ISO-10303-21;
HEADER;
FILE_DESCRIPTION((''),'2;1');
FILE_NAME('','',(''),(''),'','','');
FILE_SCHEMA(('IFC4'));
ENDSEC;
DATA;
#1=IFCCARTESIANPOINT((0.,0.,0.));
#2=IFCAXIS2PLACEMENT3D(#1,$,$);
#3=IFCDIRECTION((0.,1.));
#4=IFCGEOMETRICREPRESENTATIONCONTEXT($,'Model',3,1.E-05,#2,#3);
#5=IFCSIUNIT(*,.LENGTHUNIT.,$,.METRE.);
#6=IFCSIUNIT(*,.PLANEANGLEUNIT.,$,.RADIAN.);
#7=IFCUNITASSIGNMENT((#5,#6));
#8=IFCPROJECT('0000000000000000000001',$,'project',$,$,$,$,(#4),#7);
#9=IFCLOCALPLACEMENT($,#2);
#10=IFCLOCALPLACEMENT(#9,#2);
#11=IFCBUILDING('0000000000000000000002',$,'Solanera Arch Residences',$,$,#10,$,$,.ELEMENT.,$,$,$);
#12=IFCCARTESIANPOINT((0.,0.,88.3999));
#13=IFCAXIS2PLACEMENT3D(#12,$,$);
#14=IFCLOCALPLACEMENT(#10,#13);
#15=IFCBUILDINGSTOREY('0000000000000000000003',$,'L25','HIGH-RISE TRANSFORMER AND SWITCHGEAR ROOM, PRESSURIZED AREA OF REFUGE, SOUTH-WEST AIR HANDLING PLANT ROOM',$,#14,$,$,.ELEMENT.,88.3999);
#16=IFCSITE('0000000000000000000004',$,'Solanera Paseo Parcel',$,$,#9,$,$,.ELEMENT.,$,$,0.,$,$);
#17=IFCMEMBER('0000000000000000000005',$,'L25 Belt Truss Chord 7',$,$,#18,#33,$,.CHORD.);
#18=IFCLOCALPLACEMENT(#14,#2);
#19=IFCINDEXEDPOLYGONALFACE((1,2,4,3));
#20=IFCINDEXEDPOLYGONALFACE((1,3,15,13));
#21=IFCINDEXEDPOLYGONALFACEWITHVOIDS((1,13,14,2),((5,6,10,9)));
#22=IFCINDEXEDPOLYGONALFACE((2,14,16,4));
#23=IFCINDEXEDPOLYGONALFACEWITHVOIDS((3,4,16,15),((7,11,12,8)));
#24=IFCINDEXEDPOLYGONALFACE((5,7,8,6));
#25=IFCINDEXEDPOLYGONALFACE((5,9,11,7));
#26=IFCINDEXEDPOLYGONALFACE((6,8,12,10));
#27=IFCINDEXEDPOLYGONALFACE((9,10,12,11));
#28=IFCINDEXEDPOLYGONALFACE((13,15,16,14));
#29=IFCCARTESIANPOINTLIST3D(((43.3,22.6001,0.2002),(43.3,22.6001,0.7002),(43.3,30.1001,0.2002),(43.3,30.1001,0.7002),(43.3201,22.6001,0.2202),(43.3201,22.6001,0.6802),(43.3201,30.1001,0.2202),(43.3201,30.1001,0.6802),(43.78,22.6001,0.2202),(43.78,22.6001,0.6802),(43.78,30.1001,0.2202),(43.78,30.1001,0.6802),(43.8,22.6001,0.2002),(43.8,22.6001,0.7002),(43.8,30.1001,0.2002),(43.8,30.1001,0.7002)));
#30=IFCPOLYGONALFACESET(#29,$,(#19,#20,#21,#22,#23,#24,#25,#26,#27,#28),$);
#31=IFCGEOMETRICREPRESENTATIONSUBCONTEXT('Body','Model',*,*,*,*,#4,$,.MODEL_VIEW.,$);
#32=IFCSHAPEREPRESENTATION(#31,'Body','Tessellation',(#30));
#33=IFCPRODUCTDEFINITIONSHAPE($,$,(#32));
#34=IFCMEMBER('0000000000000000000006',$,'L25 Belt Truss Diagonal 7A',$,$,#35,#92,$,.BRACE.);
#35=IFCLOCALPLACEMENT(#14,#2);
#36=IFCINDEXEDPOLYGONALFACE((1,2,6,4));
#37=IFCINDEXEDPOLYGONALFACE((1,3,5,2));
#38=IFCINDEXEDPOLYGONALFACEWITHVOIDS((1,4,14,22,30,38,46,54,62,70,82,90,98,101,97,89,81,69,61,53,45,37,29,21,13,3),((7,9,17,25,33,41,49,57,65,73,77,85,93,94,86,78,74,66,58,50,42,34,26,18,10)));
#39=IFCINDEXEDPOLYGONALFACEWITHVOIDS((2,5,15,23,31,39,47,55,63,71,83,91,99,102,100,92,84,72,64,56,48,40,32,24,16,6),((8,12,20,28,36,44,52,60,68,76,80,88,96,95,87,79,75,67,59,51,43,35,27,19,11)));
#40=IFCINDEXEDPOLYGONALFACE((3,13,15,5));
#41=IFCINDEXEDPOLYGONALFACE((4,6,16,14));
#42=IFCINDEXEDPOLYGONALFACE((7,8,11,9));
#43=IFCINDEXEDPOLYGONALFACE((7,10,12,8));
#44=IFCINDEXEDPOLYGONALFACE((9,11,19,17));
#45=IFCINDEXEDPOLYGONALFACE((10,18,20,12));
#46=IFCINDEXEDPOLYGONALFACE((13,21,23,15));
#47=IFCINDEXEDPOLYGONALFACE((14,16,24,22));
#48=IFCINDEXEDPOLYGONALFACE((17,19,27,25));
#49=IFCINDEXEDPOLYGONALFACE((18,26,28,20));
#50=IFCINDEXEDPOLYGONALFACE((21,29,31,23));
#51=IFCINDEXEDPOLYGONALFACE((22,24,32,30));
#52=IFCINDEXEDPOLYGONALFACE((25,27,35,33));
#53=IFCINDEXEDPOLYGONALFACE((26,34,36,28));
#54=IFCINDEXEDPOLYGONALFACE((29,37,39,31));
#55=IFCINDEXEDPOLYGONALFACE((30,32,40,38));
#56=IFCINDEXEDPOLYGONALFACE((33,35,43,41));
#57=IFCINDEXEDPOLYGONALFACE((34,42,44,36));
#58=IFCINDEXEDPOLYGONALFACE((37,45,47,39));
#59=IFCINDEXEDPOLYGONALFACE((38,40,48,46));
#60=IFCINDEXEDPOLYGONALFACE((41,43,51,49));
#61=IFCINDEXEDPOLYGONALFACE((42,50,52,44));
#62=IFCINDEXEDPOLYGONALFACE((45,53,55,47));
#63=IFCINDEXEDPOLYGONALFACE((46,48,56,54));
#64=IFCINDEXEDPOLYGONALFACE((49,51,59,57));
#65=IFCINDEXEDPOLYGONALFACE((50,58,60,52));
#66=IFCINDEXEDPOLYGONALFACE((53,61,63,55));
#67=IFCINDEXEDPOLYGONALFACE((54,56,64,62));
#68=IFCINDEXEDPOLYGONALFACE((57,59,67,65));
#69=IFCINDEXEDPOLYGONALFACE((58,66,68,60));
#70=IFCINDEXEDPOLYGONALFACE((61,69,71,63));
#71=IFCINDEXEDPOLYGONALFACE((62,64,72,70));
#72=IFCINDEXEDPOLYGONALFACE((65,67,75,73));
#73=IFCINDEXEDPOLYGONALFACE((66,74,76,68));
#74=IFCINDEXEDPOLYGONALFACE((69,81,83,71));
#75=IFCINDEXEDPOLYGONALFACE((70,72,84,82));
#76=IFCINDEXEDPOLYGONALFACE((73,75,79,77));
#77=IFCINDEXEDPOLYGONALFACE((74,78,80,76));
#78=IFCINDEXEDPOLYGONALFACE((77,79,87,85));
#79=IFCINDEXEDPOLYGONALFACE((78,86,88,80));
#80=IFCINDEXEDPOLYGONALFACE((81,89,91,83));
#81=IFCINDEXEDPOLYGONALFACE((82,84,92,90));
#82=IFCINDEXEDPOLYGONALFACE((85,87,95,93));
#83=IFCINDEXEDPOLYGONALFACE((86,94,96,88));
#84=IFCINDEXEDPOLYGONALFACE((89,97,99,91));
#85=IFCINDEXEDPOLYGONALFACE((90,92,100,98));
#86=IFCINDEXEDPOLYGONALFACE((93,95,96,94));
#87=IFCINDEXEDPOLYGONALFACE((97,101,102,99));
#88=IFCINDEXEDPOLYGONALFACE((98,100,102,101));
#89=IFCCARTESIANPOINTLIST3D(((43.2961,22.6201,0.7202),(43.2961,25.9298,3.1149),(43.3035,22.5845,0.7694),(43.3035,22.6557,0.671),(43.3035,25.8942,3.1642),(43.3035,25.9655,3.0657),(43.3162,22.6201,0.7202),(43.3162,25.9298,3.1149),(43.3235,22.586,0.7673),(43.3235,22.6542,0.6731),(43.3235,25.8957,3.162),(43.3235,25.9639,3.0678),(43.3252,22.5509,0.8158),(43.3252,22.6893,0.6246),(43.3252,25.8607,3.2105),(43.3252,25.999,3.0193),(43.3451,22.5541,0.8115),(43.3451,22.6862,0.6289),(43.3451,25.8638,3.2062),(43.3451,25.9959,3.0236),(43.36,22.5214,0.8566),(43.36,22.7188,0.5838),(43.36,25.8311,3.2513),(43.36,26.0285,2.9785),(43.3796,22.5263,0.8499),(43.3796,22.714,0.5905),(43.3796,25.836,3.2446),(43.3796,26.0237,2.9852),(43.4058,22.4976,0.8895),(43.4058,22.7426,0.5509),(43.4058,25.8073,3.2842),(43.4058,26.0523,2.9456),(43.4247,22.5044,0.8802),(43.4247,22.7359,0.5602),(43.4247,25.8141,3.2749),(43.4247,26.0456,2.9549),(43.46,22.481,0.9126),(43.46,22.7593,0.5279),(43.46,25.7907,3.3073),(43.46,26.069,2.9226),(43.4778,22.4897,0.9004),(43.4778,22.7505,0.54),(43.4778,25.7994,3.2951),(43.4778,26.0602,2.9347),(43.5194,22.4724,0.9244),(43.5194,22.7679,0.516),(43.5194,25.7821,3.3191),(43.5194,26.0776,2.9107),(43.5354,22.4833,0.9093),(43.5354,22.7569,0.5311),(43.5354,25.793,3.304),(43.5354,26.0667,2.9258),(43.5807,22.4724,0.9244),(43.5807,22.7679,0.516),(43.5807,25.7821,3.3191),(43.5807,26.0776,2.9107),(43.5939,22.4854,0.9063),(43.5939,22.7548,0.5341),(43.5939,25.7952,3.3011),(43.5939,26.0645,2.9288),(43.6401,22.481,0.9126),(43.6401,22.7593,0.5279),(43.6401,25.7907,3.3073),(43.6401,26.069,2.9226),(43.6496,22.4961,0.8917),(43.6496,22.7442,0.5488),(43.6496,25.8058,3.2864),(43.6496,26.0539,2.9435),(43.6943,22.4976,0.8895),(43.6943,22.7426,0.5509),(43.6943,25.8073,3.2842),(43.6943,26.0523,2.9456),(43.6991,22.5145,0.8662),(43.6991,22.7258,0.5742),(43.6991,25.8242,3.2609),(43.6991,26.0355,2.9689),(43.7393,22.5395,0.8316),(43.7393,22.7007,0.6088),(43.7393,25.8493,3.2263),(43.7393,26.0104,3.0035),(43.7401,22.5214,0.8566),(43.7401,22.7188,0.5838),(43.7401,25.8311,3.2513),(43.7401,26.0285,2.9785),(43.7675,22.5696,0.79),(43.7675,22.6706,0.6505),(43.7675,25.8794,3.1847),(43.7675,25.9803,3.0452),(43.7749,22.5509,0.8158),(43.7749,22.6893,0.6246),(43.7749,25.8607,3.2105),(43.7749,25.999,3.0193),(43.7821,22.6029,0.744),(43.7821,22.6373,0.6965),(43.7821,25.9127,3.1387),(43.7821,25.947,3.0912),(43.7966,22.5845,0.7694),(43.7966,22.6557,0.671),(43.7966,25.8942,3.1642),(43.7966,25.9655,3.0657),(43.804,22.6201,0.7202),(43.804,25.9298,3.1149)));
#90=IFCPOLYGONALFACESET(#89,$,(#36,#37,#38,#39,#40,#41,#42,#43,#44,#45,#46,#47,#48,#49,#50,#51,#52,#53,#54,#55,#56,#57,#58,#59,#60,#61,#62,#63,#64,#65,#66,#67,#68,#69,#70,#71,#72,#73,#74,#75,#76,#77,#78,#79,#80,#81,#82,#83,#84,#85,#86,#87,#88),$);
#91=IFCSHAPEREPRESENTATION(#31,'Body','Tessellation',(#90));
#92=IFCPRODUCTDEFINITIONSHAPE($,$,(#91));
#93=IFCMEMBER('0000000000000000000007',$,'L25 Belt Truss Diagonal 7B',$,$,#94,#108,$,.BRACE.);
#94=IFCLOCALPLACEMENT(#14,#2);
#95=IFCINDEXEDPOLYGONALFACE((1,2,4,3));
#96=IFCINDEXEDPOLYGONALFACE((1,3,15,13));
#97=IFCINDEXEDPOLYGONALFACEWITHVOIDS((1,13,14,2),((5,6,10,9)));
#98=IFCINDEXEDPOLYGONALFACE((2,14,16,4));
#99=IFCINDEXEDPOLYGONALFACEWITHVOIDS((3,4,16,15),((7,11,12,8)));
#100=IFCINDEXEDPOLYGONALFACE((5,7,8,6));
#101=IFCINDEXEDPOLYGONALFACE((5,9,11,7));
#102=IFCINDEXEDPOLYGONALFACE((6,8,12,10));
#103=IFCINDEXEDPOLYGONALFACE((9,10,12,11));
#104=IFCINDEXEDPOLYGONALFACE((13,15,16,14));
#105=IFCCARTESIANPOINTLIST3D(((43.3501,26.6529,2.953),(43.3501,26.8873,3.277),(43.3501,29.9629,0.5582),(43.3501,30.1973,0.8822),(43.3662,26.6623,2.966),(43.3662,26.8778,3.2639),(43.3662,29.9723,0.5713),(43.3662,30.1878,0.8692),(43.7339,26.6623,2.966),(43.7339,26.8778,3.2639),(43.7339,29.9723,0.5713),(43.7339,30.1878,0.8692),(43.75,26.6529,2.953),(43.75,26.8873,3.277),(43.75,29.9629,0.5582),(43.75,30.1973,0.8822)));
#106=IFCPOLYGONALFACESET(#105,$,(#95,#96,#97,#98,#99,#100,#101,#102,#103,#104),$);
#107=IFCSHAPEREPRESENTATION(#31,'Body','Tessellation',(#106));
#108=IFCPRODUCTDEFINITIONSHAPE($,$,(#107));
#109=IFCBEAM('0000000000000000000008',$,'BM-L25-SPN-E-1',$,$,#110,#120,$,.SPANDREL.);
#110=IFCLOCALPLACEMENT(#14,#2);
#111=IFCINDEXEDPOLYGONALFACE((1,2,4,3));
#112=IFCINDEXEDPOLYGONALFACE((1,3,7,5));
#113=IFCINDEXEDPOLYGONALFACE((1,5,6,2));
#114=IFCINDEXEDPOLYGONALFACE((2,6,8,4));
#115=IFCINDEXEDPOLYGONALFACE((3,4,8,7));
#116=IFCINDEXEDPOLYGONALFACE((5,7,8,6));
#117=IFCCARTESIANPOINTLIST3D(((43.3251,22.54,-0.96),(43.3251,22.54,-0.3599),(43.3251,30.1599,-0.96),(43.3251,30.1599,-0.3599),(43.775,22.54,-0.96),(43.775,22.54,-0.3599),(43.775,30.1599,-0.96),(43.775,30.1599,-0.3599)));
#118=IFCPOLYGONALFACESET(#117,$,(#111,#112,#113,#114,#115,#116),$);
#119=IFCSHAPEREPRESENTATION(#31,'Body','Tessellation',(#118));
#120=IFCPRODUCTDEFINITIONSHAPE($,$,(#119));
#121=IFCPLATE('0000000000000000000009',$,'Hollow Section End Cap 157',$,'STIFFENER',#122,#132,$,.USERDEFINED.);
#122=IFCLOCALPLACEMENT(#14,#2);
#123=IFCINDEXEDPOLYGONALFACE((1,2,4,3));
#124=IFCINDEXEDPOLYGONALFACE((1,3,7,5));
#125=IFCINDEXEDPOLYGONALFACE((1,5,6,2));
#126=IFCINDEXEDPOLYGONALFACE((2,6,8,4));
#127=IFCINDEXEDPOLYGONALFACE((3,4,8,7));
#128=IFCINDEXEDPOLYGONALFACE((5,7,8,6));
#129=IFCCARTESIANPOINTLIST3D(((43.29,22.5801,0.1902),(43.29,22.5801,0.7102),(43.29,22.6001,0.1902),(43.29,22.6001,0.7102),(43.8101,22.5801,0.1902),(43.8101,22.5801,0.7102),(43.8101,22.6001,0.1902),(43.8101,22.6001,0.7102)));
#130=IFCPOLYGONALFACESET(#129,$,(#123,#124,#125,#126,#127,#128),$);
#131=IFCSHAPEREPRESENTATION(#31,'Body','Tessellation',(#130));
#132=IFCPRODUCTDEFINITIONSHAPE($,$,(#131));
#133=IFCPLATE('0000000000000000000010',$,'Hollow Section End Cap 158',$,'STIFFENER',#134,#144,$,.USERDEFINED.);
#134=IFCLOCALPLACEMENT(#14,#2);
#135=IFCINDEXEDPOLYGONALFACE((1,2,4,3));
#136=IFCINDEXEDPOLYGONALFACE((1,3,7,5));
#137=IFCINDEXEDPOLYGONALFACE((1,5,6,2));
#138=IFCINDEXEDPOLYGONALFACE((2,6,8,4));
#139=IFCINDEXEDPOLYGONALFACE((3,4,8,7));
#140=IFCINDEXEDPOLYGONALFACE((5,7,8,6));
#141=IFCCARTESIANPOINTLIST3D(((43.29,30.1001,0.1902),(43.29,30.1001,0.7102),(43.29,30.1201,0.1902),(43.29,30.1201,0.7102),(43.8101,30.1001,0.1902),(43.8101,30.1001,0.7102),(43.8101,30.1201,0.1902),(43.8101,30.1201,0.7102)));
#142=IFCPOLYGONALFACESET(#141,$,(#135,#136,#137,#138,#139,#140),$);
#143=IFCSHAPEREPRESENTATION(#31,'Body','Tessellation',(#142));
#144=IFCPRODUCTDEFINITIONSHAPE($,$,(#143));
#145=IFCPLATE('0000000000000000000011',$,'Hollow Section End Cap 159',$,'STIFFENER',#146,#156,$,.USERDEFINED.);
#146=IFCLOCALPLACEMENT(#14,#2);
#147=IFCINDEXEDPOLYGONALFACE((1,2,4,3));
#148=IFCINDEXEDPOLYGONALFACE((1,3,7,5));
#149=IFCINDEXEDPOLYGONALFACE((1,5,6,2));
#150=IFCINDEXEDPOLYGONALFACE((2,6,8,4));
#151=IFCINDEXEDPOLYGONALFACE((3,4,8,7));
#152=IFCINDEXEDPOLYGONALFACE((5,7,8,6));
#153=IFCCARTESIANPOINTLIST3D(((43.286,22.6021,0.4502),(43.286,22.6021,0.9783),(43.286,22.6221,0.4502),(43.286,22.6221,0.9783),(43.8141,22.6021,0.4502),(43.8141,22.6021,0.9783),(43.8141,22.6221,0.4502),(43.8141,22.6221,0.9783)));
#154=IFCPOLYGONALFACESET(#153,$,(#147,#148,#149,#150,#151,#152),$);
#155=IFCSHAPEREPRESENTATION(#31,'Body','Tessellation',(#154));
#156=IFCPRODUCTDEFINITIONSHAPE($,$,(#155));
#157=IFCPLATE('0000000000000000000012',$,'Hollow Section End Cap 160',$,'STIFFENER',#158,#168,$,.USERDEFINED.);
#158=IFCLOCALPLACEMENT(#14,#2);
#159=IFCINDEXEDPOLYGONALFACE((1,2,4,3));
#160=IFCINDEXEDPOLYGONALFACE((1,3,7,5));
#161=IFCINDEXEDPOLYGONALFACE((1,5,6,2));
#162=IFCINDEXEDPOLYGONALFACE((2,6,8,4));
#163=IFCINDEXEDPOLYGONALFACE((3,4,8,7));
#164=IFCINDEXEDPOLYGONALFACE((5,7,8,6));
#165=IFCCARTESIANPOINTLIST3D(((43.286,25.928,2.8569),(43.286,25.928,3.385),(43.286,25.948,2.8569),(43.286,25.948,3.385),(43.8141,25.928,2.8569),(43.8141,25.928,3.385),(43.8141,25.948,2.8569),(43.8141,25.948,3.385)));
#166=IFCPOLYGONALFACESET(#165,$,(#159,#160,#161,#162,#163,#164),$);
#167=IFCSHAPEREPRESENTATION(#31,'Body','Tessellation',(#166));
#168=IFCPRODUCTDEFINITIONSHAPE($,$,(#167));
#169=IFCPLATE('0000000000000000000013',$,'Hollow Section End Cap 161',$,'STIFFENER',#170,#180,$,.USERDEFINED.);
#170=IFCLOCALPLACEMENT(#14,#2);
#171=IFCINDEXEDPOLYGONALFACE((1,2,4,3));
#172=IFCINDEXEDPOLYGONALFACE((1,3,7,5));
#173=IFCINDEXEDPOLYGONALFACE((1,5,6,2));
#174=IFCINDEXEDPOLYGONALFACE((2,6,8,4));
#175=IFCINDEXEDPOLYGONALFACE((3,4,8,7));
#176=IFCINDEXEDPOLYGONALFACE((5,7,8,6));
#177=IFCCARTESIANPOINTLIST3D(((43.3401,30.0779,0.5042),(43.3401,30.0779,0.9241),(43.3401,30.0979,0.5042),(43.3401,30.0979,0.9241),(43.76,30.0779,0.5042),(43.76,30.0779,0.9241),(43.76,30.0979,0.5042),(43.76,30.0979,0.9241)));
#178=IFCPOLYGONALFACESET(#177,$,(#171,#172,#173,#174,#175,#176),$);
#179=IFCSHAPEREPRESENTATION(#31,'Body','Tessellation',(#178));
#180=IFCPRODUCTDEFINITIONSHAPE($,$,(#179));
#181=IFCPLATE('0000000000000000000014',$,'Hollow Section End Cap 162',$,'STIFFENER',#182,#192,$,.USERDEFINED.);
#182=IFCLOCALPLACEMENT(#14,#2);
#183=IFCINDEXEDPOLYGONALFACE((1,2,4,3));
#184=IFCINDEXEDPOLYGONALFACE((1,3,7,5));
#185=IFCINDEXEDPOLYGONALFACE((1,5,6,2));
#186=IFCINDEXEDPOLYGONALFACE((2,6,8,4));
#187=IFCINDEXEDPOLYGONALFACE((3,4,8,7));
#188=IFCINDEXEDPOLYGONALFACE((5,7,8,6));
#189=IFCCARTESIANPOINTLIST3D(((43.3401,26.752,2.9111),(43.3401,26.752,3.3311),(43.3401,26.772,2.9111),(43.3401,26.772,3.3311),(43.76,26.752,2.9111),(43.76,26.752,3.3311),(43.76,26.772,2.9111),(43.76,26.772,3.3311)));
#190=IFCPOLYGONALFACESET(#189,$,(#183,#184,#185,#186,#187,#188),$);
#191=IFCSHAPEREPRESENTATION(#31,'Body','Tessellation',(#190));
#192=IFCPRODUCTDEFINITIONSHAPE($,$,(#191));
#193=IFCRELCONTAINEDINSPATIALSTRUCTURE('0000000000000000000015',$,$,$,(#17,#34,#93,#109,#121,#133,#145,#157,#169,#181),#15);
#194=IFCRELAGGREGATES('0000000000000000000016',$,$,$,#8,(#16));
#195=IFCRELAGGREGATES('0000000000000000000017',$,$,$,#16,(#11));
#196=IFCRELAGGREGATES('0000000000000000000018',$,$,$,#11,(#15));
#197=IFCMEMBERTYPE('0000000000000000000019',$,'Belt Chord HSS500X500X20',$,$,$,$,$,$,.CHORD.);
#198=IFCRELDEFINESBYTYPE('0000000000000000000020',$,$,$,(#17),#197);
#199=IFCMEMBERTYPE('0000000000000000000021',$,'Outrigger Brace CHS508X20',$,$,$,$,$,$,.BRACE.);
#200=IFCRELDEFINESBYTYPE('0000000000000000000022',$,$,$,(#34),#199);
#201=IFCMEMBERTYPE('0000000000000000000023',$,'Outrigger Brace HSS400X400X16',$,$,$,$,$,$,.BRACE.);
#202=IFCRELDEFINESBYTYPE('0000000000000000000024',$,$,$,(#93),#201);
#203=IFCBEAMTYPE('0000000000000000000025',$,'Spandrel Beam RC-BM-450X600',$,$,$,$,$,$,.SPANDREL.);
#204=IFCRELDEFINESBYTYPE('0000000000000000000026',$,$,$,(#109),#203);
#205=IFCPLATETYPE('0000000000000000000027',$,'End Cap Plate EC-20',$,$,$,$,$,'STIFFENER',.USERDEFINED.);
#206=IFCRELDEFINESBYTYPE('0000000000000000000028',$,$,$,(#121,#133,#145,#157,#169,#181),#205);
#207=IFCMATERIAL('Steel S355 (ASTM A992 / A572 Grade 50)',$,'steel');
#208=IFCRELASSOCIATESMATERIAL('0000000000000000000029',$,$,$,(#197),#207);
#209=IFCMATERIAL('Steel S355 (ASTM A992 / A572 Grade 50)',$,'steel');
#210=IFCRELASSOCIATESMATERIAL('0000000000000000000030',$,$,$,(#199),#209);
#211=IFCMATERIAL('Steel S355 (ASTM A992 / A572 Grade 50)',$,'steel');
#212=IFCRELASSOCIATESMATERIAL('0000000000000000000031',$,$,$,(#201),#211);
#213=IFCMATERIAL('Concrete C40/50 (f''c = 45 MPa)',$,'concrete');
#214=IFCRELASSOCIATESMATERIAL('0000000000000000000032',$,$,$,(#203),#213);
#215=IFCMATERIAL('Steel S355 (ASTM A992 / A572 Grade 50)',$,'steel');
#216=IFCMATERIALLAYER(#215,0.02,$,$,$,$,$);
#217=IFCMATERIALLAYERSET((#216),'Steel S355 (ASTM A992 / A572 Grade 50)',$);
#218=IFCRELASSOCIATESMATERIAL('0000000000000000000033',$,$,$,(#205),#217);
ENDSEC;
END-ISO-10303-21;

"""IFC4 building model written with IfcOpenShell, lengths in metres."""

from ifc_helpers import new_model, si_unit, direction, frame, origin, origin_2d, place, context, subcontext, project, spatial, rectangle, hollow_rectangle, hollow_circle, extrude, material, layer, layer_set, material_profile, profile_set, type_object, element, save


model = new_model("IFC4")

# Units and contexts
model_context = context("Model", 3, precision=1e-05, world=origin(), true_north=direction((0.0, 1.0)))
body_context = subcontext(model_context, "Body", "Model", "MODEL_VIEW")
ifc_project = project(units=[si_unit("LENGTHUNIT", "METRE"), si_unit("PLANEANGLEUNIT", "RADIAN")], contexts=[model_context])

# Site, building, storey
site_placement = place(None, origin())
site = spatial("IfcSite", under=ifc_project, at=site_placement, Name="Solanera Paseo Parcel", CompositionType="ELEMENT", RefElevation=0.0)
building_placement = place(site_placement, origin())
building = spatial("IfcBuilding", under=site, at=building_placement, Name="Solanera Arch Residences", CompositionType="ELEMENT")
storey_placement = place(building_placement, frame((0.0, 0.0, 88.3999)))
storey = spatial("IfcBuildingStorey", under=building, at=storey_placement, Name="L25", Description="HIGH-RISE TRANSFORMER AND SWITCHGEAR ROOM, PRESSURIZED AREA OF REFUGE, SOUTH-WEST AIR HANDLING PLANT ROOM", CompositionType="ELEMENT", Elevation=88.3999)

# Members
ifc_material_1 = material(Name="Steel S355 (ASTM A992 / A572 Grade 50)", Category="steel")
ifc_material_profile_1 = material_profile(ifc_material_1, hollow_rectangle(XDim=0.5, YDim=0.5, WallThickness=0.02, at=origin_2d()))
ifc_profile_set_1 = profile_set([ifc_material_profile_1], Name="Steel S355 (ASTM A992 / A572 Grade 50)")
member_type_1 = type_object("IfcMemberType", Name="Belt Chord HSS500X500X20", PredefinedType="CHORD", material=ifc_profile_set_1)
member_1_placement = place(storey_placement, frame((43.55, 22.6001, 0.4502), z_axis=(0.0, 1.0, 0.0), x_axis=(-1.0, 0.0, 0.0)))
element("IfcMember", 1, at=member_1_placement, inside=storey, type_object=member_type_1, Name="L25 Belt Truss Chord 7", PredefinedType="CHORD", context=body_context, shape_type="SweptSolid", body=[
    extrude(hollow_rectangle(XDim=0.5, YDim=0.5, WallThickness=0.02, at=origin_2d()), origin(), (0.0, 0.0, 1.0), 7.5),
])
ifc_material_2 = material(Name="Steel S355 (ASTM A992 / A572 Grade 50)", Category="steel")
ifc_material_profile_2 = material_profile(ifc_material_2, hollow_circle(Radius=0.2539, WallThickness=0.02, at=origin_2d()))
ifc_profile_set_2 = profile_set([ifc_material_profile_2], Name="Steel S355 (ASTM A992 / A572 Grade 50)")
member_type_2 = type_object("IfcMemberType", Name="Outrigger Brace CHS508X20", PredefinedType="BRACE", material=ifc_profile_set_2)
member_2_placement = place(storey_placement, frame((43.55, 22.6201, 0.7202), z_axis=(0.0, 0.810173, 0.586191), x_axis=(-1.0, 0.0, 0.0)))
element("IfcMember", 2, at=member_2_placement, inside=storey, type_object=member_type_2, Name="L25 Belt Truss Diagonal 7A", PredefinedType="BRACE", context=body_context, shape_type="SweptSolid", body=[
    extrude(hollow_circle(Radius=0.2539, WallThickness=0.02, at=origin_2d()), origin(), (0.0, 0.0, 1.0), 4.0852),
])
ifc_material_3 = material(Name="Steel S355 (ASTM A992 / A572 Grade 50)", Category="steel")
ifc_material_profile_3 = material_profile(ifc_material_3, hollow_rectangle(XDim=0.3999, YDim=0.3999, WallThickness=0.0161, at=origin_2d()))
ifc_profile_set_3 = profile_set([ifc_material_profile_3], Name="Steel S355 (ASTM A992 / A572 Grade 50)")
member_type_3 = type_object("IfcMemberType", Name="Outrigger Brace HSS400X400X16", PredefinedType="BRACE", material=ifc_profile_set_3)
member_3_placement = place(storey_placement, frame((43.55, 30.0801, 0.7202), z_axis=(0.0, -0.810194, 0.586162), x_axis=(1.0, 0.0, 0.0)))
element("IfcMember", 3, at=member_3_placement, inside=storey, type_object=member_type_3, Name="L25 Belt Truss Diagonal 7B", PredefinedType="BRACE", context=body_context, shape_type="SweptSolid", body=[
    extrude(hollow_rectangle(XDim=0.3999, YDim=0.3999, WallThickness=0.0161, at=origin_2d()), origin(), (0.0, 0.0, 1.0), 4.0854),
])

# Beam
ifc_material_4 = material(Name="Concrete C40/50 (f'c = 45 MPa)", Category="concrete")
ifc_material_profile_4 = material_profile(ifc_material_4, rectangle(XDim=0.45, YDim=0.6001, at=origin_2d()))
ifc_profile_set_4 = profile_set([ifc_material_profile_4], Name="Concrete C40/50 (f'c = 45 MPa)")
beam_type = type_object("IfcBeamType", Name="Spandrel Beam RC-BM-450X600", PredefinedType="SPANDREL", material=ifc_profile_set_4)
beam_placement = place(storey_placement, frame((43.55, 22.54, -0.6599), z_axis=(0.0, 1.0, 0.0), x_axis=(-1.0, 0.0, 0.0)))
element("IfcBeam", 4, at=beam_placement, inside=storey, type_object=beam_type, Name="BM-L25-SPN-E-1", PredefinedType="SPANDREL", context=body_context, shape_type="SweptSolid", body=[
    extrude(rectangle(XDim=0.45, YDim=0.6001, at=origin_2d()), origin(), (0.0, 0.0, 1.0), 7.6199),
])

# Plates
ifc_material_5 = material(Name="Steel S355 (ASTM A992 / A572 Grade 50)", Category="steel")
ifc_layer_1 = layer(ifc_material_5, 0.02)
ifc_layer_set_1 = layer_set([ifc_layer_1], Name="Steel S355 (ASTM A992 / A572 Grade 50)")
plate_type_1 = type_object("IfcPlateType", Name="End Cap Plate EC-20", ElementType="STIFFENER", PredefinedType="USERDEFINED", material=ifc_layer_set_1)
for number, where, z_axis, x_axis, name in (
    (5, (43.55, 22.5901, 0.1902), (0.0, 0.0, 1.0), (0.0, -1.0, 0.0), "Hollow Section End Cap 157"),
    (6, (43.55, 30.1101, 0.1902), (0.0, 0.0, 1.0), (0.0, 1.0, 0.0), "Hollow Section End Cap 158"),
):
    element("IfcPlate", number, at=place(storey_placement, frame(where, z_axis=z_axis, x_axis=x_axis)), inside=storey, type_object=plate_type_1, Name=name, ObjectType="STIFFENER", PredefinedType="USERDEFINED", context=body_context, shape_type="SweptSolid", body=[
        extrude(rectangle(XDim=0.02, YDim=0.52, at=origin_2d()), origin(), (0.0, 0.0, 1.0), 0.52),
    ])
for number, where, z_axis, x_axis, name in (
    (7, (43.55, 22.6121, 0.4502), (0.0, 0.0, 1.0), (0.0, -1.0, 0.0), "Hollow Section End Cap 159"),
    (8, (43.55, 25.938, 2.8569), (0.0, 0.0, 1.0), (0.0, 1.0, 0.0), "Hollow Section End Cap 160"),
):
    element("IfcPlate", number, at=place(storey_placement, frame(where, z_axis=z_axis, x_axis=x_axis)), inside=storey, type_object=plate_type_1, Name=name, ObjectType="STIFFENER", PredefinedType="USERDEFINED", context=body_context, shape_type="SweptSolid", body=[
        extrude(rectangle(XDim=0.02, YDim=0.5281, at=origin_2d()), origin(), (0.0, 0.0, 1.0), 0.5281),
    ])
for number, where, z_axis, x_axis, name in (
    (9, (43.55, 30.0879, 0.5042), (0.0, 0.0, 1.0), (0.0, 1.0, 0.0), "Hollow Section End Cap 161"),
    (10, (43.55, 26.762, 2.9111), (0.0, 0.0, 1.0), (0.0, -1.0, 0.0), "Hollow Section End Cap 162"),
):
    element("IfcPlate", number, at=place(storey_placement, frame(where, z_axis=z_axis, x_axis=x_axis)), inside=storey, type_object=plate_type_1, Name=name, ObjectType="STIFFENER", PredefinedType="USERDEFINED", context=body_context, shape_type="SweptSolid", body=[
        extrude(rectangle(XDim=0.02, YDim=0.4199, at=origin_2d()), origin(), (0.0, 0.0, 1.0), 0.4199),
    ])

save(model, "model.ifc")
